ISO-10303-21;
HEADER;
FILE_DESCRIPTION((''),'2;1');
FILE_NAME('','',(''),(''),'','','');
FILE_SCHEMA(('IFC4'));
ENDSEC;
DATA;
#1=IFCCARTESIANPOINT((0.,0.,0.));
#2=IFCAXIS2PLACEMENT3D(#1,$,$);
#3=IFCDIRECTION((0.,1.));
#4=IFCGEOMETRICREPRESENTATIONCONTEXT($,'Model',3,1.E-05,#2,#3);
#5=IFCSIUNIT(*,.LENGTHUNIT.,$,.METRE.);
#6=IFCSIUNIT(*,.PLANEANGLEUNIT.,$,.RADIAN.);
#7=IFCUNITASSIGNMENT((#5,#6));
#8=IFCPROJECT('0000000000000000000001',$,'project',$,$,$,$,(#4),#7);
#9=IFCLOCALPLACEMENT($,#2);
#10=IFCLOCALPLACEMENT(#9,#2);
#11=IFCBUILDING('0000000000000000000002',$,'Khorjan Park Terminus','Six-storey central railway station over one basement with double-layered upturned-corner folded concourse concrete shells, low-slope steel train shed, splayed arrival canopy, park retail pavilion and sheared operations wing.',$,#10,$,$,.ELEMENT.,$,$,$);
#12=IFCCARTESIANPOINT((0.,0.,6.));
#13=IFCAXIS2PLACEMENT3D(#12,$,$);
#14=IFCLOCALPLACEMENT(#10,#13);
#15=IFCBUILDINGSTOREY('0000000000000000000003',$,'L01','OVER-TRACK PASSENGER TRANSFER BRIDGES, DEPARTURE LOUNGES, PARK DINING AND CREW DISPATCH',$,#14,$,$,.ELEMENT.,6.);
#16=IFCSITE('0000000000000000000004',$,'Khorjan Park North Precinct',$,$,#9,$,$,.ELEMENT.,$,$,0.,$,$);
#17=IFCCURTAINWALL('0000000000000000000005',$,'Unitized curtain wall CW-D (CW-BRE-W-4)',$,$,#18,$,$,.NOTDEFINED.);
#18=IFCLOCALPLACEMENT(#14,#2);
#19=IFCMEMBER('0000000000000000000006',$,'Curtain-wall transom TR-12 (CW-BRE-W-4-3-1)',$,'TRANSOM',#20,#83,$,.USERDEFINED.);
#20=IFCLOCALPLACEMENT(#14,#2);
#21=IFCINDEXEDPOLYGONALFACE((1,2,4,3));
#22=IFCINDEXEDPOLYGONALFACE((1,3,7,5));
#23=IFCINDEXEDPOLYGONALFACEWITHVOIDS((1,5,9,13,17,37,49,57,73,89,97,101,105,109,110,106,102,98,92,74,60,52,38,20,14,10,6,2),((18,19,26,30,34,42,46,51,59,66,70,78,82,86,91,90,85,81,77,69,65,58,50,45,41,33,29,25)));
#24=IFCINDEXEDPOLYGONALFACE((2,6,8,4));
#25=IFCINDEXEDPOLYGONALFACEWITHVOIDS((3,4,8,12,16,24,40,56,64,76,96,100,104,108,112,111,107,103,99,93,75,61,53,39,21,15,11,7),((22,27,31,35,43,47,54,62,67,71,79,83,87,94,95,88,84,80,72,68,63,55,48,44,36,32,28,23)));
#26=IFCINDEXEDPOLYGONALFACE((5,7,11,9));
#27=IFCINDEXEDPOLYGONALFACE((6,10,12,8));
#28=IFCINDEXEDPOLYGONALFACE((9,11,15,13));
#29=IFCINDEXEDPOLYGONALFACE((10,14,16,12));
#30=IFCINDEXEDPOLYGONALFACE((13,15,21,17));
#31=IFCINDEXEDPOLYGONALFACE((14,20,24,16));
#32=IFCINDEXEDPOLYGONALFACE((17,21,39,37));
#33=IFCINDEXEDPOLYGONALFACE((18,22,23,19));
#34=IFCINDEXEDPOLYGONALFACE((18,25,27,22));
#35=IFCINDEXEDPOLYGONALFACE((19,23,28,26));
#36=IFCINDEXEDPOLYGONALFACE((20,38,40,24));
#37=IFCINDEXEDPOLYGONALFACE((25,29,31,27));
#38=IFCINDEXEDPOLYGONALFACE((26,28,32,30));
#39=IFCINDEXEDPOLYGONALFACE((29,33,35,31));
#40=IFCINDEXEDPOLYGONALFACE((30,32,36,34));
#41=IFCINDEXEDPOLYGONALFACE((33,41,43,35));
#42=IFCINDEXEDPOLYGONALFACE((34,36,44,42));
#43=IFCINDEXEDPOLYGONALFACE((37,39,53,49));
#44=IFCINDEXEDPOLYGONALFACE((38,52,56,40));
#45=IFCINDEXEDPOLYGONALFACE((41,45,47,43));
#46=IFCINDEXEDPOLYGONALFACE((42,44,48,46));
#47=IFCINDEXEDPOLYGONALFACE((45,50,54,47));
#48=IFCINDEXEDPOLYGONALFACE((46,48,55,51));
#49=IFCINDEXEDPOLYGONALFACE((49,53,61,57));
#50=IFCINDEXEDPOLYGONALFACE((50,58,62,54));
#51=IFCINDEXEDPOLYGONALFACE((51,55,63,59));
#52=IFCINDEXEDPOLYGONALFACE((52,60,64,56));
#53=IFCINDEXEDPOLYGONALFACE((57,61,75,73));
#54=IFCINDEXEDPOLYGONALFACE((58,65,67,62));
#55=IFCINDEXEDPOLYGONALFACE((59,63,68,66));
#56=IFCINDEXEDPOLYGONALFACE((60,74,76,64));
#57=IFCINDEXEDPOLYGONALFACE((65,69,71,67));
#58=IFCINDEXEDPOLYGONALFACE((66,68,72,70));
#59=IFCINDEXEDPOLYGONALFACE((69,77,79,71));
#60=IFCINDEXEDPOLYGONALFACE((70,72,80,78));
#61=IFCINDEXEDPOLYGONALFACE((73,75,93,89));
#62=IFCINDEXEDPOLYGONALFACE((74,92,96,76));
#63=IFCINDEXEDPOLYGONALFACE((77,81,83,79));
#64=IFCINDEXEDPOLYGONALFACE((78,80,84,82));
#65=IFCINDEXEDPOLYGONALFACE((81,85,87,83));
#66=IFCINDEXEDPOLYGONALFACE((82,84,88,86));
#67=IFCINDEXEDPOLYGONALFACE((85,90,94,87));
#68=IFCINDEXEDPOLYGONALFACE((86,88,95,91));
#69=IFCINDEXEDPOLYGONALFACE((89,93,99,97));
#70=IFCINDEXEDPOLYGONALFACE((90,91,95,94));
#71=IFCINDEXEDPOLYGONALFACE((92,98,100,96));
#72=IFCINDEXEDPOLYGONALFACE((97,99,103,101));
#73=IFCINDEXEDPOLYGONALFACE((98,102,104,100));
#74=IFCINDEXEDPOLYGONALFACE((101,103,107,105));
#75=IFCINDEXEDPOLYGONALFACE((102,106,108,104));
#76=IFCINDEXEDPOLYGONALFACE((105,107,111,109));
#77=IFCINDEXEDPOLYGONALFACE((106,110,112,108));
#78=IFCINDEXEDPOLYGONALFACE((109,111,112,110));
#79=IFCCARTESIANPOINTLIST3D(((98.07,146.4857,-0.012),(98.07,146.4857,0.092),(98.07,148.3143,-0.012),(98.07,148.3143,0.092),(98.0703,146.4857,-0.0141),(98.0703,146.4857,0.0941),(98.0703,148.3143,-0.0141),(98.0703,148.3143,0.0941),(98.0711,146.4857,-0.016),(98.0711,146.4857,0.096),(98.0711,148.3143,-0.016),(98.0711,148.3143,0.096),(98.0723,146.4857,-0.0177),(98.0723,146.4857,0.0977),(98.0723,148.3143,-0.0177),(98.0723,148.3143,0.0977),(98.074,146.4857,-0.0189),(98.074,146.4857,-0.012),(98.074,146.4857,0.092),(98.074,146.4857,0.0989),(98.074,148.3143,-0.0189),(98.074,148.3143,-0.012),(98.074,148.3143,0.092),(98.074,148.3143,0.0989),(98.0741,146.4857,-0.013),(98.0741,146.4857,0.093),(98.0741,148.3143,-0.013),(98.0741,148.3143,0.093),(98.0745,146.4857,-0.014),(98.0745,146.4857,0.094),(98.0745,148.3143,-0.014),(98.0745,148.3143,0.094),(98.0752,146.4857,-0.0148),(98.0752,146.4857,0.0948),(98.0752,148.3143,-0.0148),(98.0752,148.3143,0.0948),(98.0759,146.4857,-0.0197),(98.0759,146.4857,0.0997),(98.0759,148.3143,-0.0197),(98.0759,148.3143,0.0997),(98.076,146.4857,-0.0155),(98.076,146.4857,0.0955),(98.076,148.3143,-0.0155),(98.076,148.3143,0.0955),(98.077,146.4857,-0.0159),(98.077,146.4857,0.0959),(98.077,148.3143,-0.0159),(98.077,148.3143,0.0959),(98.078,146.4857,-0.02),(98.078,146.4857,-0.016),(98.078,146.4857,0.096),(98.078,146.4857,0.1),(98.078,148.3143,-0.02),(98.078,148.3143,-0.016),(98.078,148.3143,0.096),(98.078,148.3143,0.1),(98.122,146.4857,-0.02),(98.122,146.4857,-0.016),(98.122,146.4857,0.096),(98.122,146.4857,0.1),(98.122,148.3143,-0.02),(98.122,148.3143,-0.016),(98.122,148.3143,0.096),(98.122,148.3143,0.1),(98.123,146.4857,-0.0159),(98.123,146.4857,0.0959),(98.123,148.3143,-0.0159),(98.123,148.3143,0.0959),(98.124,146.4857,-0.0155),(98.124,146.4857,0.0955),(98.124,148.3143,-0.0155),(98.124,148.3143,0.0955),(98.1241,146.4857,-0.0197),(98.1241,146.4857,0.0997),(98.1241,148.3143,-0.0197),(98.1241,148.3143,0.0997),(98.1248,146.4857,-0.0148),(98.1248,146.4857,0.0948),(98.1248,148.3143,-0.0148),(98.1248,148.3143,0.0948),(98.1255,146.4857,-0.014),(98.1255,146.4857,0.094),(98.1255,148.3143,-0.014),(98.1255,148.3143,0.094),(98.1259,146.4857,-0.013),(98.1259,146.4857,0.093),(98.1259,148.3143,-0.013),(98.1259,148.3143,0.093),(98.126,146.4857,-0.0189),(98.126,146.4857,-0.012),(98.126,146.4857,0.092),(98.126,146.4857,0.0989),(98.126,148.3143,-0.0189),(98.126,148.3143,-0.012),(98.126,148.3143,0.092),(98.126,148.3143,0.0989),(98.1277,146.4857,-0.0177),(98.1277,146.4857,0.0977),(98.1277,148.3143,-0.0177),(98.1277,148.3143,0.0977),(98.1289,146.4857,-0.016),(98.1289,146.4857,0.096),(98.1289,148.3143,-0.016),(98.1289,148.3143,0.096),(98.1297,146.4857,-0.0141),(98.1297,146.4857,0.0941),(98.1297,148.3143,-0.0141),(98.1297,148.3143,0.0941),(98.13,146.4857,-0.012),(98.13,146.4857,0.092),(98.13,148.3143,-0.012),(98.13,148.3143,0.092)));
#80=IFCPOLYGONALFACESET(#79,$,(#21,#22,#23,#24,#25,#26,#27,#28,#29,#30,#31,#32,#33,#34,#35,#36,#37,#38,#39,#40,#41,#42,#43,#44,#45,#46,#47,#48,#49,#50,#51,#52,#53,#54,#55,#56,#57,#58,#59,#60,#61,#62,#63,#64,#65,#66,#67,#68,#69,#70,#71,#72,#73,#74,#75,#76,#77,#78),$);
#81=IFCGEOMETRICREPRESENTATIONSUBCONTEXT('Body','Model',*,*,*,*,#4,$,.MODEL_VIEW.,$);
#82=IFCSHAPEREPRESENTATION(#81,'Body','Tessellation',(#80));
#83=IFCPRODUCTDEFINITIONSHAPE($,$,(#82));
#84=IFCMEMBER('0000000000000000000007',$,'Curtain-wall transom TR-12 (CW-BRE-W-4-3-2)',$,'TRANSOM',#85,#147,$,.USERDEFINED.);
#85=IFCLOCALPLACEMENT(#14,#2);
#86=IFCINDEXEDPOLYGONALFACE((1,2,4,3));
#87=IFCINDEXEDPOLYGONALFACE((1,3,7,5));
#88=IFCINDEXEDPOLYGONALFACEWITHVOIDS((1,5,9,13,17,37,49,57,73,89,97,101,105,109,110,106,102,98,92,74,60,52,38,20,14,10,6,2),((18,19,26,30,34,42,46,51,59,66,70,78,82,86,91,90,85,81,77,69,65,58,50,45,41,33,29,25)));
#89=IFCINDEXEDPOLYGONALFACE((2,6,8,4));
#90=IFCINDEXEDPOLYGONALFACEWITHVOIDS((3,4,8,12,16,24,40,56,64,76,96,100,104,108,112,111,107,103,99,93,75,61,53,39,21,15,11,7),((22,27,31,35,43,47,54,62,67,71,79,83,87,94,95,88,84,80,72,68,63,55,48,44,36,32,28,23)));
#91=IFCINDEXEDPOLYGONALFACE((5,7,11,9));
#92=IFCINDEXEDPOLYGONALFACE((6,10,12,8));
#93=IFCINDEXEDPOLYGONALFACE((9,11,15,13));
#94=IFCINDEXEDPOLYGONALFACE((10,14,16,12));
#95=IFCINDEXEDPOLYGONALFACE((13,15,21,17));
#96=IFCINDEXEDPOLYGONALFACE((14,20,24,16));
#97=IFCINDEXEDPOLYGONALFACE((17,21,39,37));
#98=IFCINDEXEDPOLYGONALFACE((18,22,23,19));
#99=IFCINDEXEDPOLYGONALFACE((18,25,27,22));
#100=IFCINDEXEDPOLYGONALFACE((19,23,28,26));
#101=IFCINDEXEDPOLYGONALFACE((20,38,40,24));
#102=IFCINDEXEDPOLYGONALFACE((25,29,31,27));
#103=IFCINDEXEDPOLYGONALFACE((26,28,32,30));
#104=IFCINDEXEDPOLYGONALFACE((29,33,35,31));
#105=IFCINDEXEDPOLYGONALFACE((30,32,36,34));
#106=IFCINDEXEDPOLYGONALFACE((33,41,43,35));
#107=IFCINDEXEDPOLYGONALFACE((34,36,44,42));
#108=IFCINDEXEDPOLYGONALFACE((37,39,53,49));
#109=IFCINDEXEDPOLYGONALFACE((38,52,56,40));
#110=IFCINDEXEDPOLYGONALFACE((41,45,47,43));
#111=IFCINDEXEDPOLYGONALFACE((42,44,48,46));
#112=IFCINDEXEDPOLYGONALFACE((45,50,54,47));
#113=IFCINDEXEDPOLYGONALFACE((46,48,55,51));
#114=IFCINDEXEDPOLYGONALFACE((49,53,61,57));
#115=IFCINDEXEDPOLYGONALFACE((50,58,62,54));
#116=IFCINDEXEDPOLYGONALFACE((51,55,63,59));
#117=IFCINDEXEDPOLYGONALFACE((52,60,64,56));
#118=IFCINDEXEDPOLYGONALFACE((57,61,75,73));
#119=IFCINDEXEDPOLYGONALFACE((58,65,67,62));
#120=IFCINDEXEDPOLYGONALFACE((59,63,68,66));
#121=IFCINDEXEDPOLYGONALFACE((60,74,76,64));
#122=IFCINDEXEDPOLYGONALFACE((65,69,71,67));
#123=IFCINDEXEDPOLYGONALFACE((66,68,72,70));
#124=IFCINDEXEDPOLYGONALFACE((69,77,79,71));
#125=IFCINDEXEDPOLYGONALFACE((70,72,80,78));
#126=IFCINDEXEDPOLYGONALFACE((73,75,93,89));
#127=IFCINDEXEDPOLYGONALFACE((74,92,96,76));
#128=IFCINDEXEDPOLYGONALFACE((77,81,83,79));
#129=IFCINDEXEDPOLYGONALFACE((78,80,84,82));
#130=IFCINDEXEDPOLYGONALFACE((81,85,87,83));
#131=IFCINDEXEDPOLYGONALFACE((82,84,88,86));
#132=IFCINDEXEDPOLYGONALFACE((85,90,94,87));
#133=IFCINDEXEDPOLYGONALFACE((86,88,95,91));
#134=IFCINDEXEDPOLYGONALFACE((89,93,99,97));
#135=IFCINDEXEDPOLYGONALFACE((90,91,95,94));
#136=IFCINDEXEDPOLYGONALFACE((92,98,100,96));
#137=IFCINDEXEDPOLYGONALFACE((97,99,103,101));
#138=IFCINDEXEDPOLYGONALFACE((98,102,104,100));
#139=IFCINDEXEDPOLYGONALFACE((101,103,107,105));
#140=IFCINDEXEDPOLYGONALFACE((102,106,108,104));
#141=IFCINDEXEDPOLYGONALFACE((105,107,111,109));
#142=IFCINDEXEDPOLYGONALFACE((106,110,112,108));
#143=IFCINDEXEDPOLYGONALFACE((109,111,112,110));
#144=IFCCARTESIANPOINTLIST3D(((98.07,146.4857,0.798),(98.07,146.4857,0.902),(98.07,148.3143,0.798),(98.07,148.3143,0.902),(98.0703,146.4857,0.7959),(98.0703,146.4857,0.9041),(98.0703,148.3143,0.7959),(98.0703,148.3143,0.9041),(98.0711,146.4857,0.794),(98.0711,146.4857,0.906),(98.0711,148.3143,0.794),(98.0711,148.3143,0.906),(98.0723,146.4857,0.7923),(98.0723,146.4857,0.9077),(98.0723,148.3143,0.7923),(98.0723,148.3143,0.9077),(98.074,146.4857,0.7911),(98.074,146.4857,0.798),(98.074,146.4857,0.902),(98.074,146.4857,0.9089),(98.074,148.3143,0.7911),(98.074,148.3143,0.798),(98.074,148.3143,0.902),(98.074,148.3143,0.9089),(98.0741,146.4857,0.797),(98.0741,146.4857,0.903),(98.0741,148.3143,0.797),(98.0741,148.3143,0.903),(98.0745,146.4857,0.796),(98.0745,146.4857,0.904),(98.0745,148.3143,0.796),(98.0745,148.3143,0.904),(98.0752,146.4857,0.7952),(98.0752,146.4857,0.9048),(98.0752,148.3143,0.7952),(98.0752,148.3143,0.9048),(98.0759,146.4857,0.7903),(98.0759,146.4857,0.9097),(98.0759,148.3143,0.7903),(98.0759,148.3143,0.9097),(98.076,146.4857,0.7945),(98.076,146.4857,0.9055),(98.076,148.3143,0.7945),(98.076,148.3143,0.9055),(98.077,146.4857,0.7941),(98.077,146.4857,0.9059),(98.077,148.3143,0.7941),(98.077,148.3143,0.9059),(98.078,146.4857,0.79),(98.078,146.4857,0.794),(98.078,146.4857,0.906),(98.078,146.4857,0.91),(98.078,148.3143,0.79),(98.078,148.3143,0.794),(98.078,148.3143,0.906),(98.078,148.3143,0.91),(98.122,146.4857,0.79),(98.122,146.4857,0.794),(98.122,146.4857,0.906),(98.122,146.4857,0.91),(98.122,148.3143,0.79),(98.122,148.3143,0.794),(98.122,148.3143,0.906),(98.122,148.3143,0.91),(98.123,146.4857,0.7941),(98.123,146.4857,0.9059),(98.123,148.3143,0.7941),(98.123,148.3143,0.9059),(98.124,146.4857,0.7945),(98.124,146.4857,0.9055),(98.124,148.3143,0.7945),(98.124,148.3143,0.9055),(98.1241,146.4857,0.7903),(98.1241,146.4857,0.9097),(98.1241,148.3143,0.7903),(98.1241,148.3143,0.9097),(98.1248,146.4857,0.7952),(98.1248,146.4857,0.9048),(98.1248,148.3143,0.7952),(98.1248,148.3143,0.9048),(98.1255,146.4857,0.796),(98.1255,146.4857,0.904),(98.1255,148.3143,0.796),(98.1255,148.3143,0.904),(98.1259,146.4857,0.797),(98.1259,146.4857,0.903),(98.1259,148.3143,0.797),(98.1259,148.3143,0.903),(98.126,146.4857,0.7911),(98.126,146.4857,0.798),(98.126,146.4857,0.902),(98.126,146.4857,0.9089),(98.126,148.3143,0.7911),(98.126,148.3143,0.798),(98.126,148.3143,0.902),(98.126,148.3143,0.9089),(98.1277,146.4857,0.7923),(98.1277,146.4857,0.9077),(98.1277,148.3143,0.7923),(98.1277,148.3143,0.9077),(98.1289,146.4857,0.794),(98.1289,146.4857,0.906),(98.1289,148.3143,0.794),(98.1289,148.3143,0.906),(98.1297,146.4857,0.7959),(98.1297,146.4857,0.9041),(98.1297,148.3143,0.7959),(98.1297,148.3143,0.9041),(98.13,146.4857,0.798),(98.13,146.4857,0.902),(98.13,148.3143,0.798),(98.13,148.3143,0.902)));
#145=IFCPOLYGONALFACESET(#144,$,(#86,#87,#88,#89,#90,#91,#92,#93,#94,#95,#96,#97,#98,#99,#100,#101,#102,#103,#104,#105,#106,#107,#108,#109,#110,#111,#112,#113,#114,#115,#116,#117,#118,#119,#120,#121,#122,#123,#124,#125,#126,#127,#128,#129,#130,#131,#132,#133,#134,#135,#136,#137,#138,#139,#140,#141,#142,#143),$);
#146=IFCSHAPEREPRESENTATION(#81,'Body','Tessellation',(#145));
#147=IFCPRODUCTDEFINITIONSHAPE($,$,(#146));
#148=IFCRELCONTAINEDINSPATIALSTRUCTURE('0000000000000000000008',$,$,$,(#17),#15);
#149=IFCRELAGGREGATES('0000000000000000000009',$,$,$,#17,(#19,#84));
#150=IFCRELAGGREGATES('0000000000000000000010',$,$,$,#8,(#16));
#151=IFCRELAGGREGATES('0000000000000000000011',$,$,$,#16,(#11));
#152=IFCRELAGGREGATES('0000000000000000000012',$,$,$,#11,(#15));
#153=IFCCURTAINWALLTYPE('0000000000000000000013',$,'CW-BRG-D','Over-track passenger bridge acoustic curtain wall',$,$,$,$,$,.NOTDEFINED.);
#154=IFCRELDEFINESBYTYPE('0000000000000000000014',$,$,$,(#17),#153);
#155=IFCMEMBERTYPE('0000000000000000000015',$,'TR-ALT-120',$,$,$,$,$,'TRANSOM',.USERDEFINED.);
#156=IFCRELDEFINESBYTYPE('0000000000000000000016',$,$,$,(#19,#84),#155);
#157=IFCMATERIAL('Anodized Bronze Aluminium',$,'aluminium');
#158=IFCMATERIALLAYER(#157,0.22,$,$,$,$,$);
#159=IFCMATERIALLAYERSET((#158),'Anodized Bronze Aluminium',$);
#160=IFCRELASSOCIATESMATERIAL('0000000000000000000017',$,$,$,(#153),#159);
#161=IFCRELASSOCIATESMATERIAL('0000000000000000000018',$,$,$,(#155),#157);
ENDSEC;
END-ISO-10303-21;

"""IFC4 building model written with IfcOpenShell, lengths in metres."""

from ifc_helpers import new_model, si_unit, direction, frame, origin, origin_2d, place, context, subcontext, project, spatial, hollow_rectangle, extrude, material, layer, layer_set, material_profile, profile_set, type_object, element, aggregate, save


model = new_model("IFC4")

# Units and contexts
model_context = context("Model", 3, precision=1e-05, world=origin(), true_north=direction((0.0, 1.0)))
body_context = subcontext(model_context, "Body", "Model", "MODEL_VIEW")
ifc_project = project(units=[si_unit("LENGTHUNIT", "METRE"), si_unit("PLANEANGLEUNIT", "RADIAN")], contexts=[model_context])

# Site, building, storey
site_placement = place(None, origin())
site = spatial("IfcSite", under=ifc_project, at=site_placement, Name="Khorjan Park North Precinct", CompositionType="ELEMENT", RefElevation=0.0)
building_placement = place(site_placement, origin())
building = spatial("IfcBuilding", under=site, at=building_placement, Name="Khorjan Park Terminus", Description="Six-storey central railway station over one basement with double-layered upturned-corner folded concourse concrete shells, low-slope steel train shed, splayed arrival canopy, park retail pavilion and sheared operations wing.", CompositionType="ELEMENT")
storey_placement = place(building_placement, frame((0.0, 0.0, 6.0)))
storey = spatial("IfcBuildingStorey", under=building, at=storey_placement, Name="L01", Description="OVER-TRACK PASSENGER TRANSFER BRIDGES, DEPARTURE LOUNGES, PARK DINING AND CREW DISPATCH", CompositionType="ELEMENT", Elevation=6.0)

# Curtain wall, members
ifc_material_1 = material(Name="Anodized Bronze Aluminium", Category="aluminium")
ifc_layer_1 = layer(ifc_material_1, 0.22)
ifc_layer_set_1 = layer_set([ifc_layer_1], Name="Anodized Bronze Aluminium")
curtain_wall_type = type_object("IfcCurtainWallType", Name="CW-BRG-D", Description="Over-track passenger bridge acoustic curtain wall", PredefinedType="NOTDEFINED", material=ifc_layer_set_1)
curtain_wall_1_placement = place(storey_placement, origin())
curtain_wall_1 = element("IfcCurtainWall", 1, at=curtain_wall_1_placement, inside=storey, type_object=curtain_wall_type, Name="Unitized curtain wall CW-D (CW-BRE-W-4)", PredefinedType="NOTDEFINED")
ifc_material_profile_1 = material_profile(ifc_material_1, hollow_rectangle(XDim=0.06, YDim=0.12, WallThickness=0.004, InnerFilletRadius=0.004, OuterFilletRadius=0.008, at=origin_2d()), Name="ALT 60x120x4")
ifc_profile_set_1 = profile_set([ifc_material_profile_1], Name="Anodized Bronze Aluminium")
member_type_1 = type_object("IfcMemberType", Name="TR-ALT-120", ElementType="TRANSOM", PredefinedType="USERDEFINED", material=ifc_profile_set_1)
member_1_placement = place(storey_placement, frame((98.1, 148.3143, 0.04), z_axis=(0.0, -1.0, 0.0), x_axis=(1.0, 0.0, 0.0)))
member_1 = element("IfcMember", 2, at=member_1_placement, type_object=member_type_1, Name="Curtain-wall transom TR-12 (CW-BRE-W-4-3-1)", ObjectType="TRANSOM", PredefinedType="USERDEFINED", context=body_context, shape_type="SweptSolid", body=[
    extrude(hollow_rectangle(XDim=0.06, YDim=0.12, WallThickness=0.004, InnerFilletRadius=0.004, OuterFilletRadius=0.008, at=origin_2d()), origin(), (0.0, 0.0, 1.0), 1.8286),
])
member_2_placement = place(storey_placement, frame((98.1, 148.3143, 0.85), z_axis=(0.0, -1.0, 0.0), x_axis=(1.0, 0.0, 0.0)))
member_2 = element("IfcMember", 3, at=member_2_placement, type_object=member_type_1, Name="Curtain-wall transom TR-12 (CW-BRE-W-4-3-2)", ObjectType="TRANSOM", PredefinedType="USERDEFINED", context=body_context, shape_type="SweptSolid", body=[
    extrude(hollow_rectangle(XDim=0.06, YDim=0.12, WallThickness=0.004, InnerFilletRadius=0.004, OuterFilletRadius=0.008, at=origin_2d()), origin(), (0.0, 0.0, 1.0), 1.8286),
])

aggregate(curtain_wall_1, [member_1, member_2])

save(model, "model.ifc")
